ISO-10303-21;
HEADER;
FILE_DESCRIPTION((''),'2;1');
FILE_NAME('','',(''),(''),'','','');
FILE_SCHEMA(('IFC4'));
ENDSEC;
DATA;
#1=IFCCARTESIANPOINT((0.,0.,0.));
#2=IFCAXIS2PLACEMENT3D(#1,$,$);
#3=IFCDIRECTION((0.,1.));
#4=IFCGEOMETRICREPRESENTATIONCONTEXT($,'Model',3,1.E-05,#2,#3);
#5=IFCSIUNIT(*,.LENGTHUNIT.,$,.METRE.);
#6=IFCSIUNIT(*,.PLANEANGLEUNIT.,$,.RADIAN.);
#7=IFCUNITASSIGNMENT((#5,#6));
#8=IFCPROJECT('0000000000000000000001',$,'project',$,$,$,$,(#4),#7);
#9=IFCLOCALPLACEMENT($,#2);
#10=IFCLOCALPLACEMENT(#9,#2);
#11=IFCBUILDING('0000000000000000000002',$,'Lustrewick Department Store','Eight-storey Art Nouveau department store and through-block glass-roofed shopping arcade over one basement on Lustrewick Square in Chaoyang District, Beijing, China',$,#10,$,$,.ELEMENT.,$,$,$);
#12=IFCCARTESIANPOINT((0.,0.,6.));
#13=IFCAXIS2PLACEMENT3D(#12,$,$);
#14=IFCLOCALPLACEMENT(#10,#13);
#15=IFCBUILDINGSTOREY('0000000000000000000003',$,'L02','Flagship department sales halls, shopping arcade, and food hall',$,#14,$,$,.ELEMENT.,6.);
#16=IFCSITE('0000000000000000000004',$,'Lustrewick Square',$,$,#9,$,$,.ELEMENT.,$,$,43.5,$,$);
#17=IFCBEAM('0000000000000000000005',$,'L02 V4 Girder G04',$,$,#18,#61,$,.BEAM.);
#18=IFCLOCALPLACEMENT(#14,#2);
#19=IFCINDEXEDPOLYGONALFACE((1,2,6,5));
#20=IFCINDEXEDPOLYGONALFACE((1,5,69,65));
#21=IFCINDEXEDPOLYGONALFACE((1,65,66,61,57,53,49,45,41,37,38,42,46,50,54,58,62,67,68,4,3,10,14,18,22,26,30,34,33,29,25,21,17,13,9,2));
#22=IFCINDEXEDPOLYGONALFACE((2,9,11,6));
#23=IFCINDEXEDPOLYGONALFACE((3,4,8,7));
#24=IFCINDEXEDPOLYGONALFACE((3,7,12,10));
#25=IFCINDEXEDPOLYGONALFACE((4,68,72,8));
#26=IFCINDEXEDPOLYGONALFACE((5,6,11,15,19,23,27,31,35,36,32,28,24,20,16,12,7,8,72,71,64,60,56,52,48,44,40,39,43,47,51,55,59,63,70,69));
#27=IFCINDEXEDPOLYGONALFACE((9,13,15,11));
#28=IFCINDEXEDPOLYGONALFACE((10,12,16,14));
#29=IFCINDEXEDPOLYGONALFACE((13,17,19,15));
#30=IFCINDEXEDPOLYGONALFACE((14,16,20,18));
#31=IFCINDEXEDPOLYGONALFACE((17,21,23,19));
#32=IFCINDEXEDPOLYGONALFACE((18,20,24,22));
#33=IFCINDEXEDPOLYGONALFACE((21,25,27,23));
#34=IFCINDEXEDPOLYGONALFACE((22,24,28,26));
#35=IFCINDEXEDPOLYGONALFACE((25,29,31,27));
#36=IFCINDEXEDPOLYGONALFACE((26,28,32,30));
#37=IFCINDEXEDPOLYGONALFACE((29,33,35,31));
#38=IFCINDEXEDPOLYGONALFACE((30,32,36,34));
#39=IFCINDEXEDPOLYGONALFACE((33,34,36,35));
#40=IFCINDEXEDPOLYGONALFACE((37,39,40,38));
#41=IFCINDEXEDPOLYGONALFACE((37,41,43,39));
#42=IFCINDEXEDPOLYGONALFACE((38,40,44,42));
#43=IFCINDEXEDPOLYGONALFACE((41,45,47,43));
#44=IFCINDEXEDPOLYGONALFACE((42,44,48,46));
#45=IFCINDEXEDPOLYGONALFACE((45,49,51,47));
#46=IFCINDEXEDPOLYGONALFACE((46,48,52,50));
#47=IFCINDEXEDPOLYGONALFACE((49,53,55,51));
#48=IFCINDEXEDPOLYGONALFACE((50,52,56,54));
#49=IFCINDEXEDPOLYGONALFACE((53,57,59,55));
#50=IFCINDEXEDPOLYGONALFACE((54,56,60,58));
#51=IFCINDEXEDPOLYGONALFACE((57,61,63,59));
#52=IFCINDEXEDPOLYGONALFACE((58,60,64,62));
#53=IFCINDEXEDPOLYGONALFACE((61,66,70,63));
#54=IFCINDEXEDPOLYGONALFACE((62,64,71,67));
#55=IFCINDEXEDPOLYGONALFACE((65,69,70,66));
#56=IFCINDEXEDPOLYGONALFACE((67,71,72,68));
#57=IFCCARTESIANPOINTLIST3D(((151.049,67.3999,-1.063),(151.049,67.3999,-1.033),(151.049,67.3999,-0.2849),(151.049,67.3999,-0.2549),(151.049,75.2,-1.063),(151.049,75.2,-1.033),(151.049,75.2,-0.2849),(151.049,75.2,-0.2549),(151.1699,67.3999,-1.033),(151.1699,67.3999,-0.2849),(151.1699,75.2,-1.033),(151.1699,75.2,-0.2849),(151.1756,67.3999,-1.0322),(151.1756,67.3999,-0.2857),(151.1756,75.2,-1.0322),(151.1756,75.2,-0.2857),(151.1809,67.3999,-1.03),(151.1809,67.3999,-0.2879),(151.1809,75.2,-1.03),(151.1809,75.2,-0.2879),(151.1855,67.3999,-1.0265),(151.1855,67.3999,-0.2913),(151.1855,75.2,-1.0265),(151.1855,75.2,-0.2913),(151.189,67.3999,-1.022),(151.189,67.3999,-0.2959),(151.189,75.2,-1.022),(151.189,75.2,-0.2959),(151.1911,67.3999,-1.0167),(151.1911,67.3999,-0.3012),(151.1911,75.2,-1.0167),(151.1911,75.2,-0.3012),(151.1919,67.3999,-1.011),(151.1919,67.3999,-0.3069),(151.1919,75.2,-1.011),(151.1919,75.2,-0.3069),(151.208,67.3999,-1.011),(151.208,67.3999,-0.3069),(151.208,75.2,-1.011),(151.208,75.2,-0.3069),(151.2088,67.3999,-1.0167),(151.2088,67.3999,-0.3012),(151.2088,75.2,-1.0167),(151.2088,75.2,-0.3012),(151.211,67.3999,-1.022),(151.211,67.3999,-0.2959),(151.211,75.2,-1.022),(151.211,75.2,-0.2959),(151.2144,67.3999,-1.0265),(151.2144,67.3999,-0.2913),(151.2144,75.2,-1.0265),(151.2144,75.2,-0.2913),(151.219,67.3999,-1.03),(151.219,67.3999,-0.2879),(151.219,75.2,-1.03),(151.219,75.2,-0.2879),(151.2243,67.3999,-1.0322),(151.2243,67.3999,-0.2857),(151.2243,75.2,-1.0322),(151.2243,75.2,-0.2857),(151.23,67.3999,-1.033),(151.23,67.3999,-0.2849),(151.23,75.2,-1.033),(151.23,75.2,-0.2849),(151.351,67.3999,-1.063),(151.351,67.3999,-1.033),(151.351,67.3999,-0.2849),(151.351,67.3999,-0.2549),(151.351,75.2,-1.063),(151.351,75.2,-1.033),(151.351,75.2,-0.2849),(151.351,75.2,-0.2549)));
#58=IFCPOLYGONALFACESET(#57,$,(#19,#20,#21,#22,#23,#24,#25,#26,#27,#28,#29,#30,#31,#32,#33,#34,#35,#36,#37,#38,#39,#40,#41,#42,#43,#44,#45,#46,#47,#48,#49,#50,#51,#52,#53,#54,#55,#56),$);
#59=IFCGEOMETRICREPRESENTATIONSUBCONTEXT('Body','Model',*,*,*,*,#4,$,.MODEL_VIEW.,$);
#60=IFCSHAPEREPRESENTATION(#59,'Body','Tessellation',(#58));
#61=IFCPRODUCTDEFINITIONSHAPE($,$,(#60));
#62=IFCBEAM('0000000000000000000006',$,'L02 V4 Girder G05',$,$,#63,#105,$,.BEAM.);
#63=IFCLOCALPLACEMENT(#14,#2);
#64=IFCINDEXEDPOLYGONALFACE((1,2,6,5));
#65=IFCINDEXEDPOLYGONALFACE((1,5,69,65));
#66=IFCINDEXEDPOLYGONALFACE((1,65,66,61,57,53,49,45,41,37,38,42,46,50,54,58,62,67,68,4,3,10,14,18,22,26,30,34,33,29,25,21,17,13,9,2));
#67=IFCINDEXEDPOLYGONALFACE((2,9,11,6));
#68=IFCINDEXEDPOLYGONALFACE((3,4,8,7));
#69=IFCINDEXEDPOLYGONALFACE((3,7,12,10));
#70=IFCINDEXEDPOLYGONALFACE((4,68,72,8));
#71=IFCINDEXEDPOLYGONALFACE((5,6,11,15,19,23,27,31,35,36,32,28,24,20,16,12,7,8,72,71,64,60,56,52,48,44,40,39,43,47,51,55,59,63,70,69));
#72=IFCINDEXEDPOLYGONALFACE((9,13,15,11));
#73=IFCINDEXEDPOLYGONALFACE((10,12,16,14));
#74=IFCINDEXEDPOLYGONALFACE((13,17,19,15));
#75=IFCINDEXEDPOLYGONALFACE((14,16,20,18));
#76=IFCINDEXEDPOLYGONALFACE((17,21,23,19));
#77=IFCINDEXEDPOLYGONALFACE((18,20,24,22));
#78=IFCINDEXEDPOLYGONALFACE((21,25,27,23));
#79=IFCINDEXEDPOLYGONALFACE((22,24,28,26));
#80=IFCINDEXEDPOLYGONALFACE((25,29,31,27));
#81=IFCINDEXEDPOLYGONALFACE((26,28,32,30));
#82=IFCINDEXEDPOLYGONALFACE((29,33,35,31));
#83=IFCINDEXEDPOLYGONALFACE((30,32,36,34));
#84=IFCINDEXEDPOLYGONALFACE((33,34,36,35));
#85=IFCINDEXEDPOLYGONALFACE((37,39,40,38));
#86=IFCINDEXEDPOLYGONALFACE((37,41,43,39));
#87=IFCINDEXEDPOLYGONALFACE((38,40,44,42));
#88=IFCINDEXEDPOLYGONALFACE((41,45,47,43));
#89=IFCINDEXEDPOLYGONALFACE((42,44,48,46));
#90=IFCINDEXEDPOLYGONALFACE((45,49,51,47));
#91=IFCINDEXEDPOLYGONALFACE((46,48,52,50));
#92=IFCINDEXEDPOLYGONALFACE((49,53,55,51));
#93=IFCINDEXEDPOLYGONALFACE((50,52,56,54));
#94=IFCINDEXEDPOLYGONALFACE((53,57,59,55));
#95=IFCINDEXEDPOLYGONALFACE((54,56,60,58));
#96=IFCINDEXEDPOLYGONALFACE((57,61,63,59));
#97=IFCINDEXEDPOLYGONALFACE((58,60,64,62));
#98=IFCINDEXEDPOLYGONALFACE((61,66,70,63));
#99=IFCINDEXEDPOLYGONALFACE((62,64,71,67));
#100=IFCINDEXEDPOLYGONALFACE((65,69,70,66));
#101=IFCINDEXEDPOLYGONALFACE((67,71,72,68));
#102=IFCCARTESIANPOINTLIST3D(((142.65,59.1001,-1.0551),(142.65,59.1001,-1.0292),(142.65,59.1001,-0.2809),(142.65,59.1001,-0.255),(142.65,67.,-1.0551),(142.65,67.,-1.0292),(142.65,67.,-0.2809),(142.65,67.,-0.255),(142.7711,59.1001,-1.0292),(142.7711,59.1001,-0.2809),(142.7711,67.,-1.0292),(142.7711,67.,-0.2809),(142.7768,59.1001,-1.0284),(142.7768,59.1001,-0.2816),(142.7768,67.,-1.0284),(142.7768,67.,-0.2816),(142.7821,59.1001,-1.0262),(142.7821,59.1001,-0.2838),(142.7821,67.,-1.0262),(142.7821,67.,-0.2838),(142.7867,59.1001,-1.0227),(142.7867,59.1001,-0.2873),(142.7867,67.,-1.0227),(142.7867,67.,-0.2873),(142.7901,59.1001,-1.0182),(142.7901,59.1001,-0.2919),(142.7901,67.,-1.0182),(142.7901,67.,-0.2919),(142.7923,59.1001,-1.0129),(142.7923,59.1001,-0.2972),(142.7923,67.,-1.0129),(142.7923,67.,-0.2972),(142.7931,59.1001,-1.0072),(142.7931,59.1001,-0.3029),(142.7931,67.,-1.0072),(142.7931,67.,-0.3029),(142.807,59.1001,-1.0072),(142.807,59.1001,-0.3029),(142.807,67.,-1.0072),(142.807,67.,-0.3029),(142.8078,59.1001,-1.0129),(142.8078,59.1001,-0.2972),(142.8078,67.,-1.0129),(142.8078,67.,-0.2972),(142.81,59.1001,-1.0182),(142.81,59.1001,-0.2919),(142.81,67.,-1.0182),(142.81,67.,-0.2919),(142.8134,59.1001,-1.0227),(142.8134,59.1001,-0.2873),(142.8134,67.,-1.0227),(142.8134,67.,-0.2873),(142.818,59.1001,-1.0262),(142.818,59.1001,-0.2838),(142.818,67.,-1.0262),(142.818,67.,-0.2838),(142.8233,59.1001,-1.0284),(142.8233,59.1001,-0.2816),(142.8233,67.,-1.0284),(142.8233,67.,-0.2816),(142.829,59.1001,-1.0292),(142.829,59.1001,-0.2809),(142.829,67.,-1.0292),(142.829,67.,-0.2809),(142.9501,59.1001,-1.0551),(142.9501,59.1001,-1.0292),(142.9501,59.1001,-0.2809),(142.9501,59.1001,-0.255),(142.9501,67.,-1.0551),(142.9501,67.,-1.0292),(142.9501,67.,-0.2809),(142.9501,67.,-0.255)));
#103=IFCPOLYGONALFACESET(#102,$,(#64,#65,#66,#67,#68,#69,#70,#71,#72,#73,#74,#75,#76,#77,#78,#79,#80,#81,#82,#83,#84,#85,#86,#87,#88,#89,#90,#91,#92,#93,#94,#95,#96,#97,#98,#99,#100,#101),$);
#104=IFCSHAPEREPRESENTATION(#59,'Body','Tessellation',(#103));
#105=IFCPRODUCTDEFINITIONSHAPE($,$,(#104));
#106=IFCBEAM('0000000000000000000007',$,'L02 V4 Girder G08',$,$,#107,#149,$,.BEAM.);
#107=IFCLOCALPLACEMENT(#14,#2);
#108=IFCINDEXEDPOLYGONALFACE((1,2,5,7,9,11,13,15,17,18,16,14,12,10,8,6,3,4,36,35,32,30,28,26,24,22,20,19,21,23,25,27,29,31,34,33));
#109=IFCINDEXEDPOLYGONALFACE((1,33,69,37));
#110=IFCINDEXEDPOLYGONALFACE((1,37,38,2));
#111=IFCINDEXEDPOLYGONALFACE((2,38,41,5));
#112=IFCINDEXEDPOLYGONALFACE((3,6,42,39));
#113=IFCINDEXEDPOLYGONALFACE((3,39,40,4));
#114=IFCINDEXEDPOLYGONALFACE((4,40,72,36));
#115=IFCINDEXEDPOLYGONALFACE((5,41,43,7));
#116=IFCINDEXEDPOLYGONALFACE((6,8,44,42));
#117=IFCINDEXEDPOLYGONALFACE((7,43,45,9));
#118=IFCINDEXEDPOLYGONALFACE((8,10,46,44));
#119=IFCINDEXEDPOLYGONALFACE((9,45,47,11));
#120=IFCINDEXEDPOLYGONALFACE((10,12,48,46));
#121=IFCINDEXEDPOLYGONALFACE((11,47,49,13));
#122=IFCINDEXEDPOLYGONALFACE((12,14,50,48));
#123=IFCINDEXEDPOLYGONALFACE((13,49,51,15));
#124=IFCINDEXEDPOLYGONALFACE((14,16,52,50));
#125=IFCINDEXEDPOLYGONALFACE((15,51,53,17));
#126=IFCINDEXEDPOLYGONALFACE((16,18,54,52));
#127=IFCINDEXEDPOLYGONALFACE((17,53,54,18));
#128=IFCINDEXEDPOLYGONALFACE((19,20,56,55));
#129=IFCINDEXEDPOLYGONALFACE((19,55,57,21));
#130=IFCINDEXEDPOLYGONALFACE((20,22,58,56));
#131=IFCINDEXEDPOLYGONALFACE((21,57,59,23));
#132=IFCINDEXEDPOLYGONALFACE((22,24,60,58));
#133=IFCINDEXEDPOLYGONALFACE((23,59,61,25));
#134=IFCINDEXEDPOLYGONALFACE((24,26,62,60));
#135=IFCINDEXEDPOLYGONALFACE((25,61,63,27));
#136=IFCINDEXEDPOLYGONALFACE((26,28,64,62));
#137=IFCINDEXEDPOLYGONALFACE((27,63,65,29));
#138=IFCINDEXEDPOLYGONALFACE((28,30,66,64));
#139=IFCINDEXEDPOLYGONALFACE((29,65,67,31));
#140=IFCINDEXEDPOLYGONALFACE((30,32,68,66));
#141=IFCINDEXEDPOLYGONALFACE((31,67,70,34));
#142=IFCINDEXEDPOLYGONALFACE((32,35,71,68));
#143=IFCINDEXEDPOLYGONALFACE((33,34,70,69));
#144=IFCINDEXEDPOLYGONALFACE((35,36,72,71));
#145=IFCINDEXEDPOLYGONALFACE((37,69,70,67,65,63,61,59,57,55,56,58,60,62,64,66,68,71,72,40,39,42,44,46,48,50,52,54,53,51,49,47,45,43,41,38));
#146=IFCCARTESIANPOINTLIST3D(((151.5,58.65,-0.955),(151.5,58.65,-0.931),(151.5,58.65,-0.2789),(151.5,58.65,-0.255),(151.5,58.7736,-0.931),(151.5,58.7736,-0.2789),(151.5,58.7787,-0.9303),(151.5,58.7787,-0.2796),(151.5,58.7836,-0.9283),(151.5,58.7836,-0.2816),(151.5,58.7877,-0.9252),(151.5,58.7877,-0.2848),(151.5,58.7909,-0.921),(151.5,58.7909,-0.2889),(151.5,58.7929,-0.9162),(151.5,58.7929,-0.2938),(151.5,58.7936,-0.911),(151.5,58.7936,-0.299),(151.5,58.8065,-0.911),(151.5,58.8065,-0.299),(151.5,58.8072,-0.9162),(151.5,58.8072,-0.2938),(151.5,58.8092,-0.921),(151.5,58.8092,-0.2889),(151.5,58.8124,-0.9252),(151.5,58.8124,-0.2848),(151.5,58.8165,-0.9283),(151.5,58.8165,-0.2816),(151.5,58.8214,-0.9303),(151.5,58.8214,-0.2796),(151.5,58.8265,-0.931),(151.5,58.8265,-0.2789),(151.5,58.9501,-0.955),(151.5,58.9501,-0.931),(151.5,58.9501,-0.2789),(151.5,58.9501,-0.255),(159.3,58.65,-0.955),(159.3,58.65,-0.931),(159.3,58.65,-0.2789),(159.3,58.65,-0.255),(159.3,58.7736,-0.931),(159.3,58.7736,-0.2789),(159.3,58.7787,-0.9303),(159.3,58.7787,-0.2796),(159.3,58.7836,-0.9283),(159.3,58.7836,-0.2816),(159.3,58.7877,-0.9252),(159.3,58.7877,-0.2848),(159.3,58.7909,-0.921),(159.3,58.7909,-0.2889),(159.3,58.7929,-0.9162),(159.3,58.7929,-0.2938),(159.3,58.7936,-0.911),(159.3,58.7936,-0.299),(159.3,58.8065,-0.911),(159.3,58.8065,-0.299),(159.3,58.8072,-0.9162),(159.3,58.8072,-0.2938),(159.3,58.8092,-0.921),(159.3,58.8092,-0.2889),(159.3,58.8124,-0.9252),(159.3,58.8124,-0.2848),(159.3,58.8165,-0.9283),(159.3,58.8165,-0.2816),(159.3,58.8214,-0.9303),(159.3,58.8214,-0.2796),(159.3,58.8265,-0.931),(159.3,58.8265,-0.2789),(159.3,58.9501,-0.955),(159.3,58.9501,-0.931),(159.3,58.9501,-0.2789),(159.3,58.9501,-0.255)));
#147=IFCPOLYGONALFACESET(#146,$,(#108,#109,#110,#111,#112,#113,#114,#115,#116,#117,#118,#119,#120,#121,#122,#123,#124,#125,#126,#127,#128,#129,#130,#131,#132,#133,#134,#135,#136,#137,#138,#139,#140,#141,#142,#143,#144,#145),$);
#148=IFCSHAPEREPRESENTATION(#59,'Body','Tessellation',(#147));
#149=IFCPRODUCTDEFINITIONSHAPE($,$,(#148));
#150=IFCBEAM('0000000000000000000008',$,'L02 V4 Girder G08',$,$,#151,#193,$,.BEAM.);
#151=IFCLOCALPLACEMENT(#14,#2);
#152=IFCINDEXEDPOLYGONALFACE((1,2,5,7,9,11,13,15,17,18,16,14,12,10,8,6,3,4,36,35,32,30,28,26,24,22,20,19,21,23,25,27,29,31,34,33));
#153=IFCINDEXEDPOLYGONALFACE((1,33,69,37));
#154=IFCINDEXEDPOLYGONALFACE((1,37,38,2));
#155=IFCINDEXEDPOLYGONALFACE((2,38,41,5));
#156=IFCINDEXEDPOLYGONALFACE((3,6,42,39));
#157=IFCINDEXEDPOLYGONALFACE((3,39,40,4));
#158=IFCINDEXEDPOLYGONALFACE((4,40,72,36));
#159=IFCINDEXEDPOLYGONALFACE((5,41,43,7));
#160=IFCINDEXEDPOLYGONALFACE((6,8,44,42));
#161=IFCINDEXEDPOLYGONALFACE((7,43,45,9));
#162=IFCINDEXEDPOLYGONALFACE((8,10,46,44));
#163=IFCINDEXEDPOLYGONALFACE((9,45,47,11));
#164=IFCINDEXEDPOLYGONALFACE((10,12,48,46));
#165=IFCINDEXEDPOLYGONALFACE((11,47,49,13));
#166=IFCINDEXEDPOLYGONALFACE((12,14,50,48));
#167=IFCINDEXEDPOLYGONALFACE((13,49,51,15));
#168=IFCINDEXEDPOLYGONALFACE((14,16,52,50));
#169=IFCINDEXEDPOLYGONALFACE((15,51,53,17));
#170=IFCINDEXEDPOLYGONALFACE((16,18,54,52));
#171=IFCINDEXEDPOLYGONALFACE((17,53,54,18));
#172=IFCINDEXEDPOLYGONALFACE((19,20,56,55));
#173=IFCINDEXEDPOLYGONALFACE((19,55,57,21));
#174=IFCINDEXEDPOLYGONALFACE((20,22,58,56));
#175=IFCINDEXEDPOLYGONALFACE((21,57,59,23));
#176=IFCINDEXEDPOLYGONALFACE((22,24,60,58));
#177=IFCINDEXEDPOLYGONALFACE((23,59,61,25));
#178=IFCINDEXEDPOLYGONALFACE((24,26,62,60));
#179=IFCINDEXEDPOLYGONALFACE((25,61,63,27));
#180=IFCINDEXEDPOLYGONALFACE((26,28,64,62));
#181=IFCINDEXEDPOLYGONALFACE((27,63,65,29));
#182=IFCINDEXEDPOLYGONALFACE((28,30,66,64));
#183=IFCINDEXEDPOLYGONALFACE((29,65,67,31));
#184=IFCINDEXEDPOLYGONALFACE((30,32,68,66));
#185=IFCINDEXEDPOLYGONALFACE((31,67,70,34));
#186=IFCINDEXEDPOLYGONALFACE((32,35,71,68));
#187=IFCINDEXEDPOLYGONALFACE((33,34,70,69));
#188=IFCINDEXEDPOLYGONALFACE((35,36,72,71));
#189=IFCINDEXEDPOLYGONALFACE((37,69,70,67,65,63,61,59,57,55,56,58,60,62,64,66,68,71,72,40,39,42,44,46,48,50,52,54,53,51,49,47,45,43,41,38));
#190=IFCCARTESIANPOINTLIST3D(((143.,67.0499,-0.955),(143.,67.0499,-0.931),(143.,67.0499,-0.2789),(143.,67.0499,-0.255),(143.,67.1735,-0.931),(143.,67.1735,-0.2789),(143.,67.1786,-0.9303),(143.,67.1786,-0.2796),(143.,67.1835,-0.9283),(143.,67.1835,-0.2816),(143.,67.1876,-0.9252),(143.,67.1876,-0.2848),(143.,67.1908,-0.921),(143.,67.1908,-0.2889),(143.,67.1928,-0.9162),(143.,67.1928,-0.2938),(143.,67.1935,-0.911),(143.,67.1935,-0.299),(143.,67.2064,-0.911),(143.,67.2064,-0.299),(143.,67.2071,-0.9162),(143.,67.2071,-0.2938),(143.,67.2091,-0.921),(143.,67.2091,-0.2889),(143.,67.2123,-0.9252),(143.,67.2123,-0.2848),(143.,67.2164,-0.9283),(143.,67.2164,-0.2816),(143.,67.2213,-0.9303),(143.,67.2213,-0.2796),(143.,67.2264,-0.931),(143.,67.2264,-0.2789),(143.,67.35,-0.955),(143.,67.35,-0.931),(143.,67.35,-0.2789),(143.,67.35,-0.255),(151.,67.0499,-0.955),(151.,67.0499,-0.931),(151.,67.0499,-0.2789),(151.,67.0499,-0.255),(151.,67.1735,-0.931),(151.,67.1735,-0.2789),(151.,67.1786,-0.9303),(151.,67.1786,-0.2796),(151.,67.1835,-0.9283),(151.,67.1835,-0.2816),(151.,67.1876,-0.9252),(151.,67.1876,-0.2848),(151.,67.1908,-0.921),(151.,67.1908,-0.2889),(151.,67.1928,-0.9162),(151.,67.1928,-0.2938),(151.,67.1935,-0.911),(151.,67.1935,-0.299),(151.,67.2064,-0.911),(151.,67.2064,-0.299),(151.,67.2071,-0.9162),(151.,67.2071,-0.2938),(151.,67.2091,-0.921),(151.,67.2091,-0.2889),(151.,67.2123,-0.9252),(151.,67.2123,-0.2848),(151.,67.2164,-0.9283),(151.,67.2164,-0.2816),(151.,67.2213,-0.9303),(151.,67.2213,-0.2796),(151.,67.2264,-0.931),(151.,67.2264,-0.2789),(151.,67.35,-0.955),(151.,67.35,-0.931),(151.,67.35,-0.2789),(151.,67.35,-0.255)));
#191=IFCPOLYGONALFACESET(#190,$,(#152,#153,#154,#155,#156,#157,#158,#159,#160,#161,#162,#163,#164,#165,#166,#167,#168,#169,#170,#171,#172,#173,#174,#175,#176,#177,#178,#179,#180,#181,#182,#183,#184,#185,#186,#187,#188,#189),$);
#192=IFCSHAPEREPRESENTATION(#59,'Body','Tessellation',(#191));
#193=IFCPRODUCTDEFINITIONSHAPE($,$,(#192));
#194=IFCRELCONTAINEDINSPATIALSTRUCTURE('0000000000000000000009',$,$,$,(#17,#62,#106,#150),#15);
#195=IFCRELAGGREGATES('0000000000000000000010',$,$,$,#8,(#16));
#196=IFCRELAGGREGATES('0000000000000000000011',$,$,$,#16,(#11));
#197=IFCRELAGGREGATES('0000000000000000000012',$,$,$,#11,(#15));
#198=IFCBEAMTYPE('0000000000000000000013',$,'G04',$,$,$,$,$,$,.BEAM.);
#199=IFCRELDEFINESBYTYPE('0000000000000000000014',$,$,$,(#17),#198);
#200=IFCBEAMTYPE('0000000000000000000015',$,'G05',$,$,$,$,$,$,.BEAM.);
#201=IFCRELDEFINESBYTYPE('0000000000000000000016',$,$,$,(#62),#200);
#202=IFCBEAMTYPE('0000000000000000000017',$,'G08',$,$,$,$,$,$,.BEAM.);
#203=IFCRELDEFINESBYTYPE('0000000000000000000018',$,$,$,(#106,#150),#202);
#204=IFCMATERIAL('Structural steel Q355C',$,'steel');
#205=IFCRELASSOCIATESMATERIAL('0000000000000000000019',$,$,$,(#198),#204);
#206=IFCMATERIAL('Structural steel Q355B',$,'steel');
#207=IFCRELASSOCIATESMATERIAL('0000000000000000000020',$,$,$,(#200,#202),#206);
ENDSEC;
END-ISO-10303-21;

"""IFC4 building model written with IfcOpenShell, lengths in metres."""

from ifc_helpers import new_model, si_unit, direction, frame, origin, origin_2d, place, context, subcontext, project, spatial, i_section, extrude, material, material_profile, profile_set, type_object, element, save


model = new_model("IFC4")

# Units and contexts
model_context = context("Model", 3, precision=1e-05, world=origin(), true_north=direction((0.0, 1.0)))
body_context = subcontext(model_context, "Body", "Model", "MODEL_VIEW")
ifc_project = project(units=[si_unit("LENGTHUNIT", "METRE"), si_unit("PLANEANGLEUNIT", "RADIAN")], contexts=[model_context])

# Site, building, storey
site_placement = place(None, origin())
site = spatial("IfcSite", under=ifc_project, at=site_placement, Name="Lustrewick Square", CompositionType="ELEMENT", RefElevation=43.5)
building_placement = place(site_placement, origin())
building = spatial("IfcBuilding", under=site, at=building_placement, Name="Lustrewick Department Store", Description="Eight-storey Art Nouveau department store and through-block glass-roofed shopping arcade over one basement on Lustrewick Square in Chaoyang District, Beijing, China", CompositionType="ELEMENT")
storey_placement = place(building_placement, frame((0.0, 0.0, 6.0)))
storey = spatial("IfcBuildingStorey", under=building, at=storey_placement, Name="L02", Description="Flagship department sales halls, shopping arcade, and food hall", CompositionType="ELEMENT", Elevation=6.0)

# Shared definitions
ifc_material_1 = material(Name="Structural steel Q355C", Category="steel")

# Beams
ifc_material_2 = material(Name="Structural steel Q355B", Category="steel")
ifc_material_profile_1 = material_profile(ifc_material_1, i_section(OverallWidth=0.302, OverallDepth=0.8081, WebThickness=0.0161, FlangeThickness=0.03, FilletRadius=0.022, at=origin_2d()), Name="HN 808x302x16x30")
ifc_profile_set_1 = profile_set([ifc_material_profile_1], Name="Structural steel Q355C")
beam_type_1 = type_object("IfcBeamType", Name="G04", PredefinedType="BEAM", material=ifc_profile_set_1)
beam_1_placement = place(storey_placement, frame((151.2, 67.3999, -0.6589), z_axis=(0.0, 1.0, 0.0), x_axis=(-1.0, 0.0, 0.0)))
element("IfcBeam", 1, at=beam_1_placement, inside=storey, type_object=beam_type_1, Name="L02 V4 Girder G04", PredefinedType="BEAM", context=body_context, shape_type="SweptSolid", body=[
    extrude(i_section(OverallWidth=0.302, OverallDepth=0.8081, WebThickness=0.0161, FlangeThickness=0.03, FilletRadius=0.022, at=origin_2d()), origin(), (0.0, 0.0, 1.0), 7.8),
])
ifc_material_profile_2 = material_profile(ifc_material_2, i_section(OverallWidth=0.3, OverallDepth=0.8, WebThickness=0.0139, FlangeThickness=0.0259, FilletRadius=0.022, at=origin_2d()), Name="HN 800x300x14x26")
ifc_profile_set_2 = profile_set([ifc_material_profile_2], Name="Structural steel Q355B")
beam_type_2 = type_object("IfcBeamType", Name="G05", PredefinedType="BEAM", material=ifc_profile_set_2)
beam_2_placement = place(storey_placement, frame((142.8, 59.1001, -0.655), z_axis=(0.0, 1.0, 0.0), x_axis=(-1.0, 0.0, 0.0)))
element("IfcBeam", 2, at=beam_2_placement, inside=storey, type_object=beam_type_2, Name="L02 V4 Girder G05", PredefinedType="BEAM", context=body_context, shape_type="SweptSolid", body=[
    extrude(i_section(OverallWidth=0.3, OverallDepth=0.8, WebThickness=0.0139, FlangeThickness=0.0259, FilletRadius=0.022, at=origin_2d()), origin(), (0.0, 0.0, 1.0), 7.8999),
])
ifc_material_profile_3 = material_profile(ifc_material_2, i_section(OverallWidth=0.3, OverallDepth=0.7, WebThickness=0.0129, FlangeThickness=0.0239, FilletRadius=0.02, at=origin_2d()), Name="HN 700x300x13x24")
ifc_profile_set_3 = profile_set([ifc_material_profile_3], Name="Structural steel Q355B")
beam_type_3 = type_object("IfcBeamType", Name="G08", PredefinedType="BEAM", material=ifc_profile_set_3)
beam_3_placement = place(storey_placement, frame((151.5, 58.8, -0.605), z_axis=(1.0, 0.0, 0.0), x_axis=(0.0, 1.0, 0.0)))
element("IfcBeam", 3, at=beam_3_placement, inside=storey, type_object=beam_type_3, Name="L02 V4 Girder G08", PredefinedType="BEAM", context=body_context, shape_type="SweptSolid", body=[
    extrude(i_section(OverallWidth=0.3, OverallDepth=0.7, WebThickness=0.0129, FlangeThickness=0.0239, FilletRadius=0.02, at=origin_2d()), origin(), (0.0, 0.0, 1.0), 7.8),
])
beam_4_placement = place(storey_placement, frame((143.0, 67.2, -0.605), z_axis=(1.0, 0.0, 0.0), x_axis=(0.0, 1.0, 0.0)))
element("IfcBeam", 4, at=beam_4_placement, inside=storey, type_object=beam_type_3, Name="L02 V4 Girder G08", PredefinedType="BEAM", context=body_context, shape_type="SweptSolid", body=[
    extrude(i_section(OverallWidth=0.3, OverallDepth=0.7, WebThickness=0.0129, FlangeThickness=0.0239, FilletRadius=0.02, at=origin_2d()), origin(), (0.0, 0.0, 1.0), 8.0),
])

save(model, "model.ifc")
